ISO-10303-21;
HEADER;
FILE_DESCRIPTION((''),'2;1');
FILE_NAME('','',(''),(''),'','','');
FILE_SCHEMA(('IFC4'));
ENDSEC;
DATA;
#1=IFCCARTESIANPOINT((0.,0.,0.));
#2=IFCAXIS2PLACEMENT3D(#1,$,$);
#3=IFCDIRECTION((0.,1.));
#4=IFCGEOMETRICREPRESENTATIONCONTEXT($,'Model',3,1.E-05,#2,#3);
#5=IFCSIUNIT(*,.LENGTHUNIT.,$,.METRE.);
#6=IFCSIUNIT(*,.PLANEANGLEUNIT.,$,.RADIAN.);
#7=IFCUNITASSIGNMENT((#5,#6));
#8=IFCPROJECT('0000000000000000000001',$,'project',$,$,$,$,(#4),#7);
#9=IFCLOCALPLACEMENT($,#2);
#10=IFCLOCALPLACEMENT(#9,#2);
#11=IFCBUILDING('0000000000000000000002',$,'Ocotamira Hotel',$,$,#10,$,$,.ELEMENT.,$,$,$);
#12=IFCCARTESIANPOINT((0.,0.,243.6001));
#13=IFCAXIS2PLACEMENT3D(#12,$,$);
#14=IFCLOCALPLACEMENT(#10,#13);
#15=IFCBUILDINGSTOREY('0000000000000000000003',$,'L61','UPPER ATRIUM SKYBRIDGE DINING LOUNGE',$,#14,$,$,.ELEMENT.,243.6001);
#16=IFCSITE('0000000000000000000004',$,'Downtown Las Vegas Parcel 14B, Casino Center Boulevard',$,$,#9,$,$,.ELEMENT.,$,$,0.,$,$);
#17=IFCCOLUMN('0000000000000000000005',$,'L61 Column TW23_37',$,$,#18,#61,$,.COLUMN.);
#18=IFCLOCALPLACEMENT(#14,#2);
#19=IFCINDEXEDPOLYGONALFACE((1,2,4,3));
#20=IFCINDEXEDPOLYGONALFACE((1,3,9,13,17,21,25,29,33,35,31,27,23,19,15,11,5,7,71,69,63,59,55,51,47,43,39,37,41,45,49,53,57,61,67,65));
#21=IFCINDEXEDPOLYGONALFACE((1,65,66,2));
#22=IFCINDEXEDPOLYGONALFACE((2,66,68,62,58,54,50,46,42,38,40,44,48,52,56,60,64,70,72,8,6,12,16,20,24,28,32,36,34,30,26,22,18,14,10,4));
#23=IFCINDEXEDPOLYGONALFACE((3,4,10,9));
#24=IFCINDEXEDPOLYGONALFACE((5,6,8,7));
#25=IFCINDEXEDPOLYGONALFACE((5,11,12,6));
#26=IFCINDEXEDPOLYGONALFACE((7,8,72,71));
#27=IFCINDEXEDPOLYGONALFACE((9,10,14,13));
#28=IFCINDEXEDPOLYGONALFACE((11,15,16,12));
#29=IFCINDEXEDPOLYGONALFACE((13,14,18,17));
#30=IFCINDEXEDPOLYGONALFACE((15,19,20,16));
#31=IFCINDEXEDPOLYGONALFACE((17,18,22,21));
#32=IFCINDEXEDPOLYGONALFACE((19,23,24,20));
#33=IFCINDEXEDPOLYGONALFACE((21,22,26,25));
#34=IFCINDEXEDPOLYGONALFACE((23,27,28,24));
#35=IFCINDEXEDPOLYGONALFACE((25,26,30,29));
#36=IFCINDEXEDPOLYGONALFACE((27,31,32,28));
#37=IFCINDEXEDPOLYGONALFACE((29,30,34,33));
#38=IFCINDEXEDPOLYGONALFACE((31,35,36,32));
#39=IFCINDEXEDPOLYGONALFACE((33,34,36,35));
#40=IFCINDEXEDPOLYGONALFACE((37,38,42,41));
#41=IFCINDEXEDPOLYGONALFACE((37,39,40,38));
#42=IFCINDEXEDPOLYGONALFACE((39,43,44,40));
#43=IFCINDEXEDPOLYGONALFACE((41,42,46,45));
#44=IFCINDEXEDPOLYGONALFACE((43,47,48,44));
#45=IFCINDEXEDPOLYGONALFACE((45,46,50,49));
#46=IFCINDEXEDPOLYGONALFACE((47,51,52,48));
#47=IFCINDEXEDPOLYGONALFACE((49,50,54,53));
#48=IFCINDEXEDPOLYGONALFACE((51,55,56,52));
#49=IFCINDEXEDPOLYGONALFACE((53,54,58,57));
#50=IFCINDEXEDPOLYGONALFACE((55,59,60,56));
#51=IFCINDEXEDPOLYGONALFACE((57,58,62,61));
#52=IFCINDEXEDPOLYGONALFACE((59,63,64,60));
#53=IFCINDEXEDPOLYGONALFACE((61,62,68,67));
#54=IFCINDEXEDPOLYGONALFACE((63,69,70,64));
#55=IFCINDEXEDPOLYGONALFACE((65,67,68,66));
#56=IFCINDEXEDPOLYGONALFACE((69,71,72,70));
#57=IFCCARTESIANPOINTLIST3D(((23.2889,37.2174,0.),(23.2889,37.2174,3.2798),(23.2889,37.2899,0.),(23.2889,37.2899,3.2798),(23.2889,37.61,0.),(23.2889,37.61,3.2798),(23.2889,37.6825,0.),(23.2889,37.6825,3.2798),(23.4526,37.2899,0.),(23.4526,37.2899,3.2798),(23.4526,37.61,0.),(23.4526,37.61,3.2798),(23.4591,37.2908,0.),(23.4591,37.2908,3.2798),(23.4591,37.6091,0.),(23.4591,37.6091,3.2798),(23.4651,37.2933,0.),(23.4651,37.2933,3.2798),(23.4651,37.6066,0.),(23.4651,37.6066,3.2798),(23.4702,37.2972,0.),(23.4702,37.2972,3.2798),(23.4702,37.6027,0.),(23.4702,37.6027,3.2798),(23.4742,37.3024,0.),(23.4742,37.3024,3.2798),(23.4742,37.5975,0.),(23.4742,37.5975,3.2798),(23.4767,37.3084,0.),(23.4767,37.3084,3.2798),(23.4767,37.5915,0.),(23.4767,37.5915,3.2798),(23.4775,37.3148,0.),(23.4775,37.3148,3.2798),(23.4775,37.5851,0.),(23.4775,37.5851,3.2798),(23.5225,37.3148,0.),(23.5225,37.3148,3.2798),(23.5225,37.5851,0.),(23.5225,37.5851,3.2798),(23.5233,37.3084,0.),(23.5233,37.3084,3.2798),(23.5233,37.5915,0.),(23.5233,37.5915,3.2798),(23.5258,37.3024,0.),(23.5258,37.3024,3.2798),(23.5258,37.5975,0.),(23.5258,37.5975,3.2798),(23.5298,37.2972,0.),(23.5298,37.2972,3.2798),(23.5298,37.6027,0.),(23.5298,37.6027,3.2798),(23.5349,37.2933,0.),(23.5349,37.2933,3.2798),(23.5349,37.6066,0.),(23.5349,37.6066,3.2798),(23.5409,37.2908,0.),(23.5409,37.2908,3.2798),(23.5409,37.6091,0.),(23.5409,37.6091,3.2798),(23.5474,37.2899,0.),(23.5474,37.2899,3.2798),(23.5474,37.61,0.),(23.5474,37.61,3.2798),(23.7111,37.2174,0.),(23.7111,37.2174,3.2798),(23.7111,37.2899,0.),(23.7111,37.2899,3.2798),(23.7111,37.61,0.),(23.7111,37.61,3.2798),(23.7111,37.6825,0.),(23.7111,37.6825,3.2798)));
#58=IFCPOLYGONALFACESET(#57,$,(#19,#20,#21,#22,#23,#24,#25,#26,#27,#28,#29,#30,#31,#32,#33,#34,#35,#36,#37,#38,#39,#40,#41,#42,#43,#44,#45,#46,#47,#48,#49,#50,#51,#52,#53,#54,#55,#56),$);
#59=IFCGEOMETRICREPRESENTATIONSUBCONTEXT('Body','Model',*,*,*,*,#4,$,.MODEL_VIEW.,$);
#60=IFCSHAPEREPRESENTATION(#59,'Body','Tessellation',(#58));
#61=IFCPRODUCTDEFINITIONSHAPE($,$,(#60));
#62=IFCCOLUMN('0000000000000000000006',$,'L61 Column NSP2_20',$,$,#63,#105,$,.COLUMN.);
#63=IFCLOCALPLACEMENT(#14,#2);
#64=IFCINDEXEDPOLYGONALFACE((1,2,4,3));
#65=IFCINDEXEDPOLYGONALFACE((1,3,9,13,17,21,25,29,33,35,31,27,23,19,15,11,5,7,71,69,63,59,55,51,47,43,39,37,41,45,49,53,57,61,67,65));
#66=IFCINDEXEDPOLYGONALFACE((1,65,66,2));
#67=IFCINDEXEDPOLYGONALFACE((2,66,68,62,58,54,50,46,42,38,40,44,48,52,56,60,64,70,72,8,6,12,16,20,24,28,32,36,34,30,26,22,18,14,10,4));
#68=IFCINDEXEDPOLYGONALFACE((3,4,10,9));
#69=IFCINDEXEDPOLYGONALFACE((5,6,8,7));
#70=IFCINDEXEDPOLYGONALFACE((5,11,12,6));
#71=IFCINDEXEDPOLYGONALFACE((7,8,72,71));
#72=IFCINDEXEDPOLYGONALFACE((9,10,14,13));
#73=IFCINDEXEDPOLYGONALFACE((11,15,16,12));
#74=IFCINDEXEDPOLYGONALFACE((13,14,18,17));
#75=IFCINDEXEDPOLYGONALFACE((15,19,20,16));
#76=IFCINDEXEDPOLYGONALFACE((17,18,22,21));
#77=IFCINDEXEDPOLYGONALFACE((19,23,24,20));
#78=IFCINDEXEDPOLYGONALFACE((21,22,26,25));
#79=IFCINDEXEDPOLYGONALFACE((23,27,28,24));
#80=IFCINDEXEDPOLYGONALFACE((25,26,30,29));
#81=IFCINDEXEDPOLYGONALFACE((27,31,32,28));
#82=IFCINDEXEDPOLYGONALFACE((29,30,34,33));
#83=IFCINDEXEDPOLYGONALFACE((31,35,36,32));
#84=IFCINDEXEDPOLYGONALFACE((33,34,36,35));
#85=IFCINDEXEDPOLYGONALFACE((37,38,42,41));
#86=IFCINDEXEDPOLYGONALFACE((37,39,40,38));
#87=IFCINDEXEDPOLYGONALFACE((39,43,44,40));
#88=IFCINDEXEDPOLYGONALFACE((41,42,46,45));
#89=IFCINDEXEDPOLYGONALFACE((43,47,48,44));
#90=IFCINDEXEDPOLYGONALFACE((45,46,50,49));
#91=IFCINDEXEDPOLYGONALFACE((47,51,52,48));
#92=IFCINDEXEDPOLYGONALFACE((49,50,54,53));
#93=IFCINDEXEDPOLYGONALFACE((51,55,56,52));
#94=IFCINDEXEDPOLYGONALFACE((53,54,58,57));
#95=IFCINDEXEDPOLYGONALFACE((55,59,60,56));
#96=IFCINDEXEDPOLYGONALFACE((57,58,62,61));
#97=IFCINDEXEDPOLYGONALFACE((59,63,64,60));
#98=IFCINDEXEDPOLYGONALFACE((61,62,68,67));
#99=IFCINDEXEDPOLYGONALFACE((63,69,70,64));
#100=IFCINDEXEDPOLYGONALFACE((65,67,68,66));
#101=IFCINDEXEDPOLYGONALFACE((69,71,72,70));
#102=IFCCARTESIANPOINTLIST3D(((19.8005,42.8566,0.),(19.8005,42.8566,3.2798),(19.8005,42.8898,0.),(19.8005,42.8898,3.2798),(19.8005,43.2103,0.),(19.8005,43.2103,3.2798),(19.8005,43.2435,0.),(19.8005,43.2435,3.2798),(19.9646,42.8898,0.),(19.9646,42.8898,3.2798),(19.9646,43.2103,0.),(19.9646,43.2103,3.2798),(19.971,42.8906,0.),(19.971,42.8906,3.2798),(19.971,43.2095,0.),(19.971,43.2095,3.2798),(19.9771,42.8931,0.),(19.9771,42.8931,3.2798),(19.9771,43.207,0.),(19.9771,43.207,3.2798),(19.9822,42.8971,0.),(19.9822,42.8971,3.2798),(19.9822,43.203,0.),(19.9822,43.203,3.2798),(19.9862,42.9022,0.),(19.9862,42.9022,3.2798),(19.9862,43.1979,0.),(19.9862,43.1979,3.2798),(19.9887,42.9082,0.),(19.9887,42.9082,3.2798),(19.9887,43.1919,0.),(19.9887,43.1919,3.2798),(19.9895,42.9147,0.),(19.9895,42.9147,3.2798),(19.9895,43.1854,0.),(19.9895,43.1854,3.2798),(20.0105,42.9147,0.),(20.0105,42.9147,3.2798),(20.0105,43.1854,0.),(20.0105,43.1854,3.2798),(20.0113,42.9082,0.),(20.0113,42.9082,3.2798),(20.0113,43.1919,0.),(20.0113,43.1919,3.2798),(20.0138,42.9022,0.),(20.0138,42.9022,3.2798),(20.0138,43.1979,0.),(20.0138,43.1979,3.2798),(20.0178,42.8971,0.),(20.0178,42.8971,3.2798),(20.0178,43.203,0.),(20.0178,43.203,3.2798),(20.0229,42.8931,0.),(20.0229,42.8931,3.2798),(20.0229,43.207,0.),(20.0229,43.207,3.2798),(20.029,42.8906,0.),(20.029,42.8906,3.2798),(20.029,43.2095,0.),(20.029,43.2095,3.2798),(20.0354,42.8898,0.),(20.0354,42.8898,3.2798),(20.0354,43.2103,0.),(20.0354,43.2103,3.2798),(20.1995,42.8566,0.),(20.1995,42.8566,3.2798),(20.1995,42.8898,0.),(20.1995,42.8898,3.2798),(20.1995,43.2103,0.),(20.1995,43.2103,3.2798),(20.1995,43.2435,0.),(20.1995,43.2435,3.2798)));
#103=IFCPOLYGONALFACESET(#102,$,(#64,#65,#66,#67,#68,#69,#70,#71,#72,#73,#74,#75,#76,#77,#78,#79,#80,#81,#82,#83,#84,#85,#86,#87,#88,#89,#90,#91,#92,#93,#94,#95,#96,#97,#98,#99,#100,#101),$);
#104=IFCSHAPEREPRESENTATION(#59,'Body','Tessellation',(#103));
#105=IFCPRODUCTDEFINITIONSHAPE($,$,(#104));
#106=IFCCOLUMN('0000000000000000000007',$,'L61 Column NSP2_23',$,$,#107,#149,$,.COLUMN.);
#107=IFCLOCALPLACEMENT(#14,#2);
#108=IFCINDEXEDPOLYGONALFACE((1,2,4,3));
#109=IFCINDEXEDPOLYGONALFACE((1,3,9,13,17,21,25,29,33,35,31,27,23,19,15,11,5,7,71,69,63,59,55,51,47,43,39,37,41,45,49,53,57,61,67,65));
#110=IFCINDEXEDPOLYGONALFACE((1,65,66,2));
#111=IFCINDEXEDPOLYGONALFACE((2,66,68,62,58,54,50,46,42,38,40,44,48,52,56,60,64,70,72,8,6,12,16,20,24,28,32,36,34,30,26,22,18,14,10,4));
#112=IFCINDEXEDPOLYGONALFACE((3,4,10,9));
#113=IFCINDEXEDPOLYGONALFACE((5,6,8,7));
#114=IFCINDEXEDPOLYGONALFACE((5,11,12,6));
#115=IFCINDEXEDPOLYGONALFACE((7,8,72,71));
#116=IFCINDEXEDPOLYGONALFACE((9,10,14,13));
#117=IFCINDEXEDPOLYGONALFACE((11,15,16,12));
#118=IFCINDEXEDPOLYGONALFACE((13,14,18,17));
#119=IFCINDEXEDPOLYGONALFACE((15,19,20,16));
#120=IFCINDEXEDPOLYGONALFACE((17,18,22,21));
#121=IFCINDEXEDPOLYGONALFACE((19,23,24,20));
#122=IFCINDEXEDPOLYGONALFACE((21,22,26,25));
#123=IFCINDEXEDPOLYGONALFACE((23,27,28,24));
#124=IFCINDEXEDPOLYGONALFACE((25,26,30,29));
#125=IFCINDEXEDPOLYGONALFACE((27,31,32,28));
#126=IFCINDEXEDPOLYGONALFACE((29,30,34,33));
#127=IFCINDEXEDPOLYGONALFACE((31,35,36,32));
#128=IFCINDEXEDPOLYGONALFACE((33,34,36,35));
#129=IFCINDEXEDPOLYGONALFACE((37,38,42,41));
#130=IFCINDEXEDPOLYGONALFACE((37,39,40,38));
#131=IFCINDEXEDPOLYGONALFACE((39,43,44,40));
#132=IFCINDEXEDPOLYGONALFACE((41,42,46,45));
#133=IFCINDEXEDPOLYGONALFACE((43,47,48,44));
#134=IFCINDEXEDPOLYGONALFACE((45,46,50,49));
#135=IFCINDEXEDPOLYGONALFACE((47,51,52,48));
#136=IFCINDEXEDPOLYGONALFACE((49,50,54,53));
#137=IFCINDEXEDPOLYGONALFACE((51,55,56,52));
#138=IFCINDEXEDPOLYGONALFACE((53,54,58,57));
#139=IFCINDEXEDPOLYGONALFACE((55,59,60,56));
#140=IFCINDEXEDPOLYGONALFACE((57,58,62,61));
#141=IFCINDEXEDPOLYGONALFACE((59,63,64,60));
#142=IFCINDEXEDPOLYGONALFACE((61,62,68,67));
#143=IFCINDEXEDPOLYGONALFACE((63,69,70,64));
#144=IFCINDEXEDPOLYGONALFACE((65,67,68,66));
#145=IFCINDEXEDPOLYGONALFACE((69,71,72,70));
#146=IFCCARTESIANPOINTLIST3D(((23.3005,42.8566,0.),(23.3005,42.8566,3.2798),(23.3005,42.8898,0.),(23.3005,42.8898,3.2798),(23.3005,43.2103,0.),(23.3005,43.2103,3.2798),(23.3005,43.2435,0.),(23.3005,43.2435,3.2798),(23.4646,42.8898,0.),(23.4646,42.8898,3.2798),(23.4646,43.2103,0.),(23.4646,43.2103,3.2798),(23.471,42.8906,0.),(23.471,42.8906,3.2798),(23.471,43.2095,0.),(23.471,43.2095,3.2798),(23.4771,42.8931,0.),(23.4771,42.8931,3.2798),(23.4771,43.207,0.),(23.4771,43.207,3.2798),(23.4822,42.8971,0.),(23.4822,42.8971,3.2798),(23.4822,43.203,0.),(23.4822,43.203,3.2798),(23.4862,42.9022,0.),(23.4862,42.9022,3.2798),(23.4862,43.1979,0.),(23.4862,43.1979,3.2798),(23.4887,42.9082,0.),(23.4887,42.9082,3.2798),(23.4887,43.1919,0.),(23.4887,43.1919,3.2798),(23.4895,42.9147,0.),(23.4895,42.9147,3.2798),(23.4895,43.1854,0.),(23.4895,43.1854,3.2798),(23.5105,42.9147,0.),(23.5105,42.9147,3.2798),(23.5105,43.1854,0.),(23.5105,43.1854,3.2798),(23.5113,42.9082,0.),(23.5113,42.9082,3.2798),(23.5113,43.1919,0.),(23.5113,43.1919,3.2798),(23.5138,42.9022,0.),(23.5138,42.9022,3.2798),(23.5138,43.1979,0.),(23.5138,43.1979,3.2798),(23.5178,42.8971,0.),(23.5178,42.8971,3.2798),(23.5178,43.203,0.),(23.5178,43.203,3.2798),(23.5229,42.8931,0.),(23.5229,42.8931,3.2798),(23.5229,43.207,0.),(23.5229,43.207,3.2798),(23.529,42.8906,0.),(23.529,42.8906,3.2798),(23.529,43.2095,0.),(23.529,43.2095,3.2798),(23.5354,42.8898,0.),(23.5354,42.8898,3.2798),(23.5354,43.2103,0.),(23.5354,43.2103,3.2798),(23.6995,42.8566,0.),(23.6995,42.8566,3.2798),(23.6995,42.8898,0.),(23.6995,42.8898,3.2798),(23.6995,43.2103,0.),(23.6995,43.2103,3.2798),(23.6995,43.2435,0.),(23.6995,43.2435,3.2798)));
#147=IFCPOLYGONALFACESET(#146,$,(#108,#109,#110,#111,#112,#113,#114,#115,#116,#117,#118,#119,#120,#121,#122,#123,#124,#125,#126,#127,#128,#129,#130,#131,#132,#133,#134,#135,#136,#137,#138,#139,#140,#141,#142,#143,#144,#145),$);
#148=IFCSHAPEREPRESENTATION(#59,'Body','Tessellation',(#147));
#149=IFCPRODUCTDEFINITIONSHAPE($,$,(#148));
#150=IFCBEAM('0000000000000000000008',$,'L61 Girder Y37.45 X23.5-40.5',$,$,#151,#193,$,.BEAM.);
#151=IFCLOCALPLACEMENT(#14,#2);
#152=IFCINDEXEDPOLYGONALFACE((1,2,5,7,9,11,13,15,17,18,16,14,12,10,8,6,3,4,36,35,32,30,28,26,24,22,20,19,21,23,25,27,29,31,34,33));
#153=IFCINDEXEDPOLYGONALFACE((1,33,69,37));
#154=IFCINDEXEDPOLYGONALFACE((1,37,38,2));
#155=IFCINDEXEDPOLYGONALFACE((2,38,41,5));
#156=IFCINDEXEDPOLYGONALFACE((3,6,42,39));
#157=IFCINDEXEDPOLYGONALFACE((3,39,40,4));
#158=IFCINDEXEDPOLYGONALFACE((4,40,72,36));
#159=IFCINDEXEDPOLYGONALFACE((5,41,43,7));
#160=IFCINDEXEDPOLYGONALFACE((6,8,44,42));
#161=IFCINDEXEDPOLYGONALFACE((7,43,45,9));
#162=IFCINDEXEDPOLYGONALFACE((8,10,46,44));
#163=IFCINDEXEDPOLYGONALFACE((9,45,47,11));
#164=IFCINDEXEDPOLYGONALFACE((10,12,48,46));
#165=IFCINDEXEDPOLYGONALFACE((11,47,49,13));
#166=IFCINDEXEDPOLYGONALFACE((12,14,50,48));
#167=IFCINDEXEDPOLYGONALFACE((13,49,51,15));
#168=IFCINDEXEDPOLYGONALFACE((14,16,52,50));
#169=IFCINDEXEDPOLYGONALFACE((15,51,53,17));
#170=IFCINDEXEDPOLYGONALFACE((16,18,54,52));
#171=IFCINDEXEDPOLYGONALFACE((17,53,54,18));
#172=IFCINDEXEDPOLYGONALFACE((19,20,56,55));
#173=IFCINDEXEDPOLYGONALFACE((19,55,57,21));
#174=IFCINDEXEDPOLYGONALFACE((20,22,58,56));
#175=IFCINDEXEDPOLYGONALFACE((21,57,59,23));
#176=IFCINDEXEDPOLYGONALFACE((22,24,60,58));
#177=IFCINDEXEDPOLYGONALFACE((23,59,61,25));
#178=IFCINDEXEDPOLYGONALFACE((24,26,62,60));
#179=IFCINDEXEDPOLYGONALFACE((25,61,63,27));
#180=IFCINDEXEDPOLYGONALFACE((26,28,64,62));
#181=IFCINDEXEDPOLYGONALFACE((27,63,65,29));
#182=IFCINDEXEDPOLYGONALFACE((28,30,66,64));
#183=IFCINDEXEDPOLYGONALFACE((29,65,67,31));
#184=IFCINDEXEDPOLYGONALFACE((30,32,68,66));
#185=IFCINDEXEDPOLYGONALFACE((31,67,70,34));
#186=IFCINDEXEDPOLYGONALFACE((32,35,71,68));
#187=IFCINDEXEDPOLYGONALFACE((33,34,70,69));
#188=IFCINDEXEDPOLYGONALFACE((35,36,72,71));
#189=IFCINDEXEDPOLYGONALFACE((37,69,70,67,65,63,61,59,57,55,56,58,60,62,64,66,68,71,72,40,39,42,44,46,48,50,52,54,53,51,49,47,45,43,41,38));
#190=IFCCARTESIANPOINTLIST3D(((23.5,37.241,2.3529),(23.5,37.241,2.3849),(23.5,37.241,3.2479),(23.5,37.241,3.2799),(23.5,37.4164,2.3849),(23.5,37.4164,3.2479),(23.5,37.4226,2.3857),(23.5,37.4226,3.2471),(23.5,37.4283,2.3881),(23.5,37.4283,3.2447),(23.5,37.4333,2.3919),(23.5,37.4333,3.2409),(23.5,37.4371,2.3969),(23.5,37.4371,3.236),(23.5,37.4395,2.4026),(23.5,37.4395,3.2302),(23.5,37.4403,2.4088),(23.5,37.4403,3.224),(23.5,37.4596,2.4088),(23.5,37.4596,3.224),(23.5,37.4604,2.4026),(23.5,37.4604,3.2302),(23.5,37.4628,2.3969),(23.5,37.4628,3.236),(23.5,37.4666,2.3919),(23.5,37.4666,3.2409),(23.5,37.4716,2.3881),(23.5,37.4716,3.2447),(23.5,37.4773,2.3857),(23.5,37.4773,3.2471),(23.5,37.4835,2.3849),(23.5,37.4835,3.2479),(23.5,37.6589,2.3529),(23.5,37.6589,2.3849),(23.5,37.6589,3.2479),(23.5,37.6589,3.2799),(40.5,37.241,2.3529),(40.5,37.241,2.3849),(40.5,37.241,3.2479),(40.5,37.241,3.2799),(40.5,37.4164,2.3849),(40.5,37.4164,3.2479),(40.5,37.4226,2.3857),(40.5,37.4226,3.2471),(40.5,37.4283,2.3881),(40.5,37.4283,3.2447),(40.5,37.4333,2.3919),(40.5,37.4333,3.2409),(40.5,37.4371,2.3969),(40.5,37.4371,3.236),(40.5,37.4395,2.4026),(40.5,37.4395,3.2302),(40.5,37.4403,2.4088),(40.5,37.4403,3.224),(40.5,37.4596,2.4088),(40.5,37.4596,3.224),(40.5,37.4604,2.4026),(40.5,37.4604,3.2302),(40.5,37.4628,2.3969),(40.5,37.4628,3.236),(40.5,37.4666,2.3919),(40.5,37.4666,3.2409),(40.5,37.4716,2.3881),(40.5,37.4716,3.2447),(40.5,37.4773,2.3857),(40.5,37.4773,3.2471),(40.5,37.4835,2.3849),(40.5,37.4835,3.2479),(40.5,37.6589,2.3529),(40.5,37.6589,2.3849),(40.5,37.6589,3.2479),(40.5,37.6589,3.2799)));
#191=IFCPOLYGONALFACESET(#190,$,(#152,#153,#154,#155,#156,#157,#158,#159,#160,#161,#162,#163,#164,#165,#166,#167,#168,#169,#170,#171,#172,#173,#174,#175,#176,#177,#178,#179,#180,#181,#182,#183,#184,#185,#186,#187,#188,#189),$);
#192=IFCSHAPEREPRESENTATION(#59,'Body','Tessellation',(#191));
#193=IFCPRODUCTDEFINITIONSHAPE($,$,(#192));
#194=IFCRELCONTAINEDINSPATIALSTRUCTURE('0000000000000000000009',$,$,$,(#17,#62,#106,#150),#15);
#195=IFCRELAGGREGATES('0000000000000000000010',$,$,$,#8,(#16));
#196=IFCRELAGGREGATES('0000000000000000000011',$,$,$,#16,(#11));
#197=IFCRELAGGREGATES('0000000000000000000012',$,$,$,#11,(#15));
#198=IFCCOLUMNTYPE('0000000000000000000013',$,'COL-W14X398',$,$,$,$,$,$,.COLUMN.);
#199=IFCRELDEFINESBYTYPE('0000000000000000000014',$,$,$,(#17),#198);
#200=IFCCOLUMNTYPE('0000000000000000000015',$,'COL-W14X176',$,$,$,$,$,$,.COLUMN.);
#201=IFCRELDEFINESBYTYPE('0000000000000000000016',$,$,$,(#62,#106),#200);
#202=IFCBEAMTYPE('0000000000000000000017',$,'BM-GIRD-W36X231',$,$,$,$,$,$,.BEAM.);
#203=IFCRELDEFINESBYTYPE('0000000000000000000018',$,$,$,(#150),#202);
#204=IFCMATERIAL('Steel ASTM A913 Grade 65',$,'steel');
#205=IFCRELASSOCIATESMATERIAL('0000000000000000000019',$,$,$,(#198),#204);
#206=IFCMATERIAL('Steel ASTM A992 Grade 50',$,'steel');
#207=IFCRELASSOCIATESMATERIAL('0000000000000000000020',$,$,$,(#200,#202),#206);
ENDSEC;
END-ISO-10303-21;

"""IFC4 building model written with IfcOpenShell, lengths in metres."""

from ifc_helpers import new_model, si_unit, direction, frame, origin, origin_2d, place, context, subcontext, project, spatial, i_section, extrude, source, transform, mapped, material, material_profile, profile_set, type_object, element, save


model = new_model("IFC4")

# Units and contexts
model_context = context("Model", 3, precision=1e-05, world=origin(), true_north=direction((0.0, 1.0)))
body_context = subcontext(model_context, "Body", "Model", "MODEL_VIEW")
ifc_project = project(units=[si_unit("LENGTHUNIT", "METRE"), si_unit("PLANEANGLEUNIT", "RADIAN")], contexts=[model_context])

# Site, building, storey
site_placement = place(None, origin())
site = spatial("IfcSite", under=ifc_project, at=site_placement, Name="Downtown Las Vegas Parcel 14B, Casino Center Boulevard", CompositionType="ELEMENT", RefElevation=0.0)
building_placement = place(site_placement, origin())
building = spatial("IfcBuilding", under=site, at=building_placement, Name="Ocotamira Hotel", CompositionType="ELEMENT")
storey_placement = place(building_placement, frame((0.0, 0.0, 243.6001)))
storey = spatial("IfcBuildingStorey", under=building, at=storey_placement, Name="L61", Description="UPPER ATRIUM SKYBRIDGE DINING LOUNGE", CompositionType="ELEMENT", Elevation=243.6001)

# Columns
ifc_material_1 = material(Name="Steel ASTM A913 Grade 65", Category="steel")
ifc_material_profile_1 = material_profile(ifc_material_1, i_section(OverallWidth=0.4221, OverallDepth=0.4651, WebThickness=0.0449, FlangeThickness=0.0725, FilletRadius=0.0249, at=origin_2d()), Name="W14X398")
ifc_profile_set_1 = profile_set([ifc_material_profile_1], Name="Steel ASTM A913 Grade 65")
column_type_1 = type_object("IfcColumnType", Name="COL-W14X398", PredefinedType="COLUMN", material=ifc_profile_set_1)
shared_shape_1 = source(origin(), body_context, "Body", "SweptSolid", [
    extrude(i_section(OverallWidth=0.4221, OverallDepth=0.4651, WebThickness=0.0449, FlangeThickness=0.0725, FilletRadius=0.0249, at=origin_2d()), origin(), (0.0, 0.0, 1.0), 3.2798),
])
column_placement = place(storey_placement, frame((23.5, 37.45, 0.0), z_axis=(0.0, 0.0, 1.0), x_axis=(1.0, 0.0, 0.0)))
element("IfcColumn", 1, at=column_placement, inside=storey, type_object=column_type_1, Name="L61 Column TW23_37", PredefinedType="COLUMN", context=body_context, shape_type="MappedRepresentation", body=[
    mapped(shared_shape_1, transform((0.0, 0.0, 0.0), scale=1.0)),
])
ifc_material_2 = material(Name="Steel ASTM A992 Grade 50", Category="steel")
ifc_material_profile_2 = material_profile(ifc_material_2, i_section(OverallWidth=0.3989, OverallDepth=0.387, WebThickness=0.021, FlangeThickness=0.0332, FilletRadius=0.0249, at=origin_2d()), Name="W14X176")
ifc_profile_set_2 = profile_set([ifc_material_profile_2], Name="Steel ASTM A992 Grade 50")
column_type_2 = type_object("IfcColumnType", Name="COL-W14X176", PredefinedType="COLUMN", material=ifc_profile_set_2)
shared_shape_2 = source(origin(), body_context, "Body", "SweptSolid", [
    extrude(i_section(OverallWidth=0.3989, OverallDepth=0.387, WebThickness=0.021, FlangeThickness=0.0332, FilletRadius=0.0249, at=origin_2d()), origin(), (0.0, 0.0, 1.0), 3.2798),
])
for number, where, z_axis, x_axis, name in (
    (2, (20.0, 43.05, 0.0), (0.0, 0.0, 1.0), (1.0, 0.0, 0.0), "L61 Column NSP2_20"),
    (3, (23.5, 43.05, 0.0), (0.0, 0.0, 1.0), (1.0, 0.0, 0.0), "L61 Column NSP2_23"),
):
    element("IfcColumn", number, at=place(storey_placement, frame(where, z_axis=z_axis, x_axis=x_axis)), inside=storey, type_object=column_type_2, Name=name, PredefinedType="COLUMN", context=body_context, shape_type="MappedRepresentation", body=[
        mapped(shared_shape_2, transform((0.0, 0.0, 0.0), scale=1.0)),
    ])

# Beam
ifc_material_profile_3 = material_profile(ifc_material_2, i_section(OverallWidth=0.418, OverallDepth=0.927, WebThickness=0.0193, FlangeThickness=0.032, FilletRadius=0.0239, at=origin_2d()), Name="W36X231")
ifc_profile_set_3 = profile_set([ifc_material_profile_3], Name="Steel ASTM A992 Grade 50")
beam_type_1 = type_object("IfcBeamType", Name="BM-GIRD-W36X231", PredefinedType="BEAM", material=ifc_profile_set_3)
shared_shape_3 = source(origin(), body_context, "Body", "SweptSolid", [
    extrude(i_section(OverallWidth=0.418, OverallDepth=0.927, WebThickness=0.0193, FlangeThickness=0.032, FilletRadius=0.0239, at=origin_2d()), origin(), (0.0, 0.0, 1.0), 17.0),
])
for number, where, z_axis, x_axis, name in (
    (4, (23.5, 37.45, 2.8164), (1.0, 0.0, 0.0), (0.0, 1.0, 0.0), "L61 Girder Y37.45 X23.5-40.5"),
):
    element("IfcBeam", number, at=place(storey_placement, frame(where, z_axis=z_axis, x_axis=x_axis)), inside=storey, type_object=beam_type_1, Name=name, PredefinedType="BEAM", context=body_context, shape_type="MappedRepresentation", body=[
        mapped(shared_shape_3, transform((0.0, 0.0, 0.0), scale=1.0)),
    ])

save(model, "model.ifc")
